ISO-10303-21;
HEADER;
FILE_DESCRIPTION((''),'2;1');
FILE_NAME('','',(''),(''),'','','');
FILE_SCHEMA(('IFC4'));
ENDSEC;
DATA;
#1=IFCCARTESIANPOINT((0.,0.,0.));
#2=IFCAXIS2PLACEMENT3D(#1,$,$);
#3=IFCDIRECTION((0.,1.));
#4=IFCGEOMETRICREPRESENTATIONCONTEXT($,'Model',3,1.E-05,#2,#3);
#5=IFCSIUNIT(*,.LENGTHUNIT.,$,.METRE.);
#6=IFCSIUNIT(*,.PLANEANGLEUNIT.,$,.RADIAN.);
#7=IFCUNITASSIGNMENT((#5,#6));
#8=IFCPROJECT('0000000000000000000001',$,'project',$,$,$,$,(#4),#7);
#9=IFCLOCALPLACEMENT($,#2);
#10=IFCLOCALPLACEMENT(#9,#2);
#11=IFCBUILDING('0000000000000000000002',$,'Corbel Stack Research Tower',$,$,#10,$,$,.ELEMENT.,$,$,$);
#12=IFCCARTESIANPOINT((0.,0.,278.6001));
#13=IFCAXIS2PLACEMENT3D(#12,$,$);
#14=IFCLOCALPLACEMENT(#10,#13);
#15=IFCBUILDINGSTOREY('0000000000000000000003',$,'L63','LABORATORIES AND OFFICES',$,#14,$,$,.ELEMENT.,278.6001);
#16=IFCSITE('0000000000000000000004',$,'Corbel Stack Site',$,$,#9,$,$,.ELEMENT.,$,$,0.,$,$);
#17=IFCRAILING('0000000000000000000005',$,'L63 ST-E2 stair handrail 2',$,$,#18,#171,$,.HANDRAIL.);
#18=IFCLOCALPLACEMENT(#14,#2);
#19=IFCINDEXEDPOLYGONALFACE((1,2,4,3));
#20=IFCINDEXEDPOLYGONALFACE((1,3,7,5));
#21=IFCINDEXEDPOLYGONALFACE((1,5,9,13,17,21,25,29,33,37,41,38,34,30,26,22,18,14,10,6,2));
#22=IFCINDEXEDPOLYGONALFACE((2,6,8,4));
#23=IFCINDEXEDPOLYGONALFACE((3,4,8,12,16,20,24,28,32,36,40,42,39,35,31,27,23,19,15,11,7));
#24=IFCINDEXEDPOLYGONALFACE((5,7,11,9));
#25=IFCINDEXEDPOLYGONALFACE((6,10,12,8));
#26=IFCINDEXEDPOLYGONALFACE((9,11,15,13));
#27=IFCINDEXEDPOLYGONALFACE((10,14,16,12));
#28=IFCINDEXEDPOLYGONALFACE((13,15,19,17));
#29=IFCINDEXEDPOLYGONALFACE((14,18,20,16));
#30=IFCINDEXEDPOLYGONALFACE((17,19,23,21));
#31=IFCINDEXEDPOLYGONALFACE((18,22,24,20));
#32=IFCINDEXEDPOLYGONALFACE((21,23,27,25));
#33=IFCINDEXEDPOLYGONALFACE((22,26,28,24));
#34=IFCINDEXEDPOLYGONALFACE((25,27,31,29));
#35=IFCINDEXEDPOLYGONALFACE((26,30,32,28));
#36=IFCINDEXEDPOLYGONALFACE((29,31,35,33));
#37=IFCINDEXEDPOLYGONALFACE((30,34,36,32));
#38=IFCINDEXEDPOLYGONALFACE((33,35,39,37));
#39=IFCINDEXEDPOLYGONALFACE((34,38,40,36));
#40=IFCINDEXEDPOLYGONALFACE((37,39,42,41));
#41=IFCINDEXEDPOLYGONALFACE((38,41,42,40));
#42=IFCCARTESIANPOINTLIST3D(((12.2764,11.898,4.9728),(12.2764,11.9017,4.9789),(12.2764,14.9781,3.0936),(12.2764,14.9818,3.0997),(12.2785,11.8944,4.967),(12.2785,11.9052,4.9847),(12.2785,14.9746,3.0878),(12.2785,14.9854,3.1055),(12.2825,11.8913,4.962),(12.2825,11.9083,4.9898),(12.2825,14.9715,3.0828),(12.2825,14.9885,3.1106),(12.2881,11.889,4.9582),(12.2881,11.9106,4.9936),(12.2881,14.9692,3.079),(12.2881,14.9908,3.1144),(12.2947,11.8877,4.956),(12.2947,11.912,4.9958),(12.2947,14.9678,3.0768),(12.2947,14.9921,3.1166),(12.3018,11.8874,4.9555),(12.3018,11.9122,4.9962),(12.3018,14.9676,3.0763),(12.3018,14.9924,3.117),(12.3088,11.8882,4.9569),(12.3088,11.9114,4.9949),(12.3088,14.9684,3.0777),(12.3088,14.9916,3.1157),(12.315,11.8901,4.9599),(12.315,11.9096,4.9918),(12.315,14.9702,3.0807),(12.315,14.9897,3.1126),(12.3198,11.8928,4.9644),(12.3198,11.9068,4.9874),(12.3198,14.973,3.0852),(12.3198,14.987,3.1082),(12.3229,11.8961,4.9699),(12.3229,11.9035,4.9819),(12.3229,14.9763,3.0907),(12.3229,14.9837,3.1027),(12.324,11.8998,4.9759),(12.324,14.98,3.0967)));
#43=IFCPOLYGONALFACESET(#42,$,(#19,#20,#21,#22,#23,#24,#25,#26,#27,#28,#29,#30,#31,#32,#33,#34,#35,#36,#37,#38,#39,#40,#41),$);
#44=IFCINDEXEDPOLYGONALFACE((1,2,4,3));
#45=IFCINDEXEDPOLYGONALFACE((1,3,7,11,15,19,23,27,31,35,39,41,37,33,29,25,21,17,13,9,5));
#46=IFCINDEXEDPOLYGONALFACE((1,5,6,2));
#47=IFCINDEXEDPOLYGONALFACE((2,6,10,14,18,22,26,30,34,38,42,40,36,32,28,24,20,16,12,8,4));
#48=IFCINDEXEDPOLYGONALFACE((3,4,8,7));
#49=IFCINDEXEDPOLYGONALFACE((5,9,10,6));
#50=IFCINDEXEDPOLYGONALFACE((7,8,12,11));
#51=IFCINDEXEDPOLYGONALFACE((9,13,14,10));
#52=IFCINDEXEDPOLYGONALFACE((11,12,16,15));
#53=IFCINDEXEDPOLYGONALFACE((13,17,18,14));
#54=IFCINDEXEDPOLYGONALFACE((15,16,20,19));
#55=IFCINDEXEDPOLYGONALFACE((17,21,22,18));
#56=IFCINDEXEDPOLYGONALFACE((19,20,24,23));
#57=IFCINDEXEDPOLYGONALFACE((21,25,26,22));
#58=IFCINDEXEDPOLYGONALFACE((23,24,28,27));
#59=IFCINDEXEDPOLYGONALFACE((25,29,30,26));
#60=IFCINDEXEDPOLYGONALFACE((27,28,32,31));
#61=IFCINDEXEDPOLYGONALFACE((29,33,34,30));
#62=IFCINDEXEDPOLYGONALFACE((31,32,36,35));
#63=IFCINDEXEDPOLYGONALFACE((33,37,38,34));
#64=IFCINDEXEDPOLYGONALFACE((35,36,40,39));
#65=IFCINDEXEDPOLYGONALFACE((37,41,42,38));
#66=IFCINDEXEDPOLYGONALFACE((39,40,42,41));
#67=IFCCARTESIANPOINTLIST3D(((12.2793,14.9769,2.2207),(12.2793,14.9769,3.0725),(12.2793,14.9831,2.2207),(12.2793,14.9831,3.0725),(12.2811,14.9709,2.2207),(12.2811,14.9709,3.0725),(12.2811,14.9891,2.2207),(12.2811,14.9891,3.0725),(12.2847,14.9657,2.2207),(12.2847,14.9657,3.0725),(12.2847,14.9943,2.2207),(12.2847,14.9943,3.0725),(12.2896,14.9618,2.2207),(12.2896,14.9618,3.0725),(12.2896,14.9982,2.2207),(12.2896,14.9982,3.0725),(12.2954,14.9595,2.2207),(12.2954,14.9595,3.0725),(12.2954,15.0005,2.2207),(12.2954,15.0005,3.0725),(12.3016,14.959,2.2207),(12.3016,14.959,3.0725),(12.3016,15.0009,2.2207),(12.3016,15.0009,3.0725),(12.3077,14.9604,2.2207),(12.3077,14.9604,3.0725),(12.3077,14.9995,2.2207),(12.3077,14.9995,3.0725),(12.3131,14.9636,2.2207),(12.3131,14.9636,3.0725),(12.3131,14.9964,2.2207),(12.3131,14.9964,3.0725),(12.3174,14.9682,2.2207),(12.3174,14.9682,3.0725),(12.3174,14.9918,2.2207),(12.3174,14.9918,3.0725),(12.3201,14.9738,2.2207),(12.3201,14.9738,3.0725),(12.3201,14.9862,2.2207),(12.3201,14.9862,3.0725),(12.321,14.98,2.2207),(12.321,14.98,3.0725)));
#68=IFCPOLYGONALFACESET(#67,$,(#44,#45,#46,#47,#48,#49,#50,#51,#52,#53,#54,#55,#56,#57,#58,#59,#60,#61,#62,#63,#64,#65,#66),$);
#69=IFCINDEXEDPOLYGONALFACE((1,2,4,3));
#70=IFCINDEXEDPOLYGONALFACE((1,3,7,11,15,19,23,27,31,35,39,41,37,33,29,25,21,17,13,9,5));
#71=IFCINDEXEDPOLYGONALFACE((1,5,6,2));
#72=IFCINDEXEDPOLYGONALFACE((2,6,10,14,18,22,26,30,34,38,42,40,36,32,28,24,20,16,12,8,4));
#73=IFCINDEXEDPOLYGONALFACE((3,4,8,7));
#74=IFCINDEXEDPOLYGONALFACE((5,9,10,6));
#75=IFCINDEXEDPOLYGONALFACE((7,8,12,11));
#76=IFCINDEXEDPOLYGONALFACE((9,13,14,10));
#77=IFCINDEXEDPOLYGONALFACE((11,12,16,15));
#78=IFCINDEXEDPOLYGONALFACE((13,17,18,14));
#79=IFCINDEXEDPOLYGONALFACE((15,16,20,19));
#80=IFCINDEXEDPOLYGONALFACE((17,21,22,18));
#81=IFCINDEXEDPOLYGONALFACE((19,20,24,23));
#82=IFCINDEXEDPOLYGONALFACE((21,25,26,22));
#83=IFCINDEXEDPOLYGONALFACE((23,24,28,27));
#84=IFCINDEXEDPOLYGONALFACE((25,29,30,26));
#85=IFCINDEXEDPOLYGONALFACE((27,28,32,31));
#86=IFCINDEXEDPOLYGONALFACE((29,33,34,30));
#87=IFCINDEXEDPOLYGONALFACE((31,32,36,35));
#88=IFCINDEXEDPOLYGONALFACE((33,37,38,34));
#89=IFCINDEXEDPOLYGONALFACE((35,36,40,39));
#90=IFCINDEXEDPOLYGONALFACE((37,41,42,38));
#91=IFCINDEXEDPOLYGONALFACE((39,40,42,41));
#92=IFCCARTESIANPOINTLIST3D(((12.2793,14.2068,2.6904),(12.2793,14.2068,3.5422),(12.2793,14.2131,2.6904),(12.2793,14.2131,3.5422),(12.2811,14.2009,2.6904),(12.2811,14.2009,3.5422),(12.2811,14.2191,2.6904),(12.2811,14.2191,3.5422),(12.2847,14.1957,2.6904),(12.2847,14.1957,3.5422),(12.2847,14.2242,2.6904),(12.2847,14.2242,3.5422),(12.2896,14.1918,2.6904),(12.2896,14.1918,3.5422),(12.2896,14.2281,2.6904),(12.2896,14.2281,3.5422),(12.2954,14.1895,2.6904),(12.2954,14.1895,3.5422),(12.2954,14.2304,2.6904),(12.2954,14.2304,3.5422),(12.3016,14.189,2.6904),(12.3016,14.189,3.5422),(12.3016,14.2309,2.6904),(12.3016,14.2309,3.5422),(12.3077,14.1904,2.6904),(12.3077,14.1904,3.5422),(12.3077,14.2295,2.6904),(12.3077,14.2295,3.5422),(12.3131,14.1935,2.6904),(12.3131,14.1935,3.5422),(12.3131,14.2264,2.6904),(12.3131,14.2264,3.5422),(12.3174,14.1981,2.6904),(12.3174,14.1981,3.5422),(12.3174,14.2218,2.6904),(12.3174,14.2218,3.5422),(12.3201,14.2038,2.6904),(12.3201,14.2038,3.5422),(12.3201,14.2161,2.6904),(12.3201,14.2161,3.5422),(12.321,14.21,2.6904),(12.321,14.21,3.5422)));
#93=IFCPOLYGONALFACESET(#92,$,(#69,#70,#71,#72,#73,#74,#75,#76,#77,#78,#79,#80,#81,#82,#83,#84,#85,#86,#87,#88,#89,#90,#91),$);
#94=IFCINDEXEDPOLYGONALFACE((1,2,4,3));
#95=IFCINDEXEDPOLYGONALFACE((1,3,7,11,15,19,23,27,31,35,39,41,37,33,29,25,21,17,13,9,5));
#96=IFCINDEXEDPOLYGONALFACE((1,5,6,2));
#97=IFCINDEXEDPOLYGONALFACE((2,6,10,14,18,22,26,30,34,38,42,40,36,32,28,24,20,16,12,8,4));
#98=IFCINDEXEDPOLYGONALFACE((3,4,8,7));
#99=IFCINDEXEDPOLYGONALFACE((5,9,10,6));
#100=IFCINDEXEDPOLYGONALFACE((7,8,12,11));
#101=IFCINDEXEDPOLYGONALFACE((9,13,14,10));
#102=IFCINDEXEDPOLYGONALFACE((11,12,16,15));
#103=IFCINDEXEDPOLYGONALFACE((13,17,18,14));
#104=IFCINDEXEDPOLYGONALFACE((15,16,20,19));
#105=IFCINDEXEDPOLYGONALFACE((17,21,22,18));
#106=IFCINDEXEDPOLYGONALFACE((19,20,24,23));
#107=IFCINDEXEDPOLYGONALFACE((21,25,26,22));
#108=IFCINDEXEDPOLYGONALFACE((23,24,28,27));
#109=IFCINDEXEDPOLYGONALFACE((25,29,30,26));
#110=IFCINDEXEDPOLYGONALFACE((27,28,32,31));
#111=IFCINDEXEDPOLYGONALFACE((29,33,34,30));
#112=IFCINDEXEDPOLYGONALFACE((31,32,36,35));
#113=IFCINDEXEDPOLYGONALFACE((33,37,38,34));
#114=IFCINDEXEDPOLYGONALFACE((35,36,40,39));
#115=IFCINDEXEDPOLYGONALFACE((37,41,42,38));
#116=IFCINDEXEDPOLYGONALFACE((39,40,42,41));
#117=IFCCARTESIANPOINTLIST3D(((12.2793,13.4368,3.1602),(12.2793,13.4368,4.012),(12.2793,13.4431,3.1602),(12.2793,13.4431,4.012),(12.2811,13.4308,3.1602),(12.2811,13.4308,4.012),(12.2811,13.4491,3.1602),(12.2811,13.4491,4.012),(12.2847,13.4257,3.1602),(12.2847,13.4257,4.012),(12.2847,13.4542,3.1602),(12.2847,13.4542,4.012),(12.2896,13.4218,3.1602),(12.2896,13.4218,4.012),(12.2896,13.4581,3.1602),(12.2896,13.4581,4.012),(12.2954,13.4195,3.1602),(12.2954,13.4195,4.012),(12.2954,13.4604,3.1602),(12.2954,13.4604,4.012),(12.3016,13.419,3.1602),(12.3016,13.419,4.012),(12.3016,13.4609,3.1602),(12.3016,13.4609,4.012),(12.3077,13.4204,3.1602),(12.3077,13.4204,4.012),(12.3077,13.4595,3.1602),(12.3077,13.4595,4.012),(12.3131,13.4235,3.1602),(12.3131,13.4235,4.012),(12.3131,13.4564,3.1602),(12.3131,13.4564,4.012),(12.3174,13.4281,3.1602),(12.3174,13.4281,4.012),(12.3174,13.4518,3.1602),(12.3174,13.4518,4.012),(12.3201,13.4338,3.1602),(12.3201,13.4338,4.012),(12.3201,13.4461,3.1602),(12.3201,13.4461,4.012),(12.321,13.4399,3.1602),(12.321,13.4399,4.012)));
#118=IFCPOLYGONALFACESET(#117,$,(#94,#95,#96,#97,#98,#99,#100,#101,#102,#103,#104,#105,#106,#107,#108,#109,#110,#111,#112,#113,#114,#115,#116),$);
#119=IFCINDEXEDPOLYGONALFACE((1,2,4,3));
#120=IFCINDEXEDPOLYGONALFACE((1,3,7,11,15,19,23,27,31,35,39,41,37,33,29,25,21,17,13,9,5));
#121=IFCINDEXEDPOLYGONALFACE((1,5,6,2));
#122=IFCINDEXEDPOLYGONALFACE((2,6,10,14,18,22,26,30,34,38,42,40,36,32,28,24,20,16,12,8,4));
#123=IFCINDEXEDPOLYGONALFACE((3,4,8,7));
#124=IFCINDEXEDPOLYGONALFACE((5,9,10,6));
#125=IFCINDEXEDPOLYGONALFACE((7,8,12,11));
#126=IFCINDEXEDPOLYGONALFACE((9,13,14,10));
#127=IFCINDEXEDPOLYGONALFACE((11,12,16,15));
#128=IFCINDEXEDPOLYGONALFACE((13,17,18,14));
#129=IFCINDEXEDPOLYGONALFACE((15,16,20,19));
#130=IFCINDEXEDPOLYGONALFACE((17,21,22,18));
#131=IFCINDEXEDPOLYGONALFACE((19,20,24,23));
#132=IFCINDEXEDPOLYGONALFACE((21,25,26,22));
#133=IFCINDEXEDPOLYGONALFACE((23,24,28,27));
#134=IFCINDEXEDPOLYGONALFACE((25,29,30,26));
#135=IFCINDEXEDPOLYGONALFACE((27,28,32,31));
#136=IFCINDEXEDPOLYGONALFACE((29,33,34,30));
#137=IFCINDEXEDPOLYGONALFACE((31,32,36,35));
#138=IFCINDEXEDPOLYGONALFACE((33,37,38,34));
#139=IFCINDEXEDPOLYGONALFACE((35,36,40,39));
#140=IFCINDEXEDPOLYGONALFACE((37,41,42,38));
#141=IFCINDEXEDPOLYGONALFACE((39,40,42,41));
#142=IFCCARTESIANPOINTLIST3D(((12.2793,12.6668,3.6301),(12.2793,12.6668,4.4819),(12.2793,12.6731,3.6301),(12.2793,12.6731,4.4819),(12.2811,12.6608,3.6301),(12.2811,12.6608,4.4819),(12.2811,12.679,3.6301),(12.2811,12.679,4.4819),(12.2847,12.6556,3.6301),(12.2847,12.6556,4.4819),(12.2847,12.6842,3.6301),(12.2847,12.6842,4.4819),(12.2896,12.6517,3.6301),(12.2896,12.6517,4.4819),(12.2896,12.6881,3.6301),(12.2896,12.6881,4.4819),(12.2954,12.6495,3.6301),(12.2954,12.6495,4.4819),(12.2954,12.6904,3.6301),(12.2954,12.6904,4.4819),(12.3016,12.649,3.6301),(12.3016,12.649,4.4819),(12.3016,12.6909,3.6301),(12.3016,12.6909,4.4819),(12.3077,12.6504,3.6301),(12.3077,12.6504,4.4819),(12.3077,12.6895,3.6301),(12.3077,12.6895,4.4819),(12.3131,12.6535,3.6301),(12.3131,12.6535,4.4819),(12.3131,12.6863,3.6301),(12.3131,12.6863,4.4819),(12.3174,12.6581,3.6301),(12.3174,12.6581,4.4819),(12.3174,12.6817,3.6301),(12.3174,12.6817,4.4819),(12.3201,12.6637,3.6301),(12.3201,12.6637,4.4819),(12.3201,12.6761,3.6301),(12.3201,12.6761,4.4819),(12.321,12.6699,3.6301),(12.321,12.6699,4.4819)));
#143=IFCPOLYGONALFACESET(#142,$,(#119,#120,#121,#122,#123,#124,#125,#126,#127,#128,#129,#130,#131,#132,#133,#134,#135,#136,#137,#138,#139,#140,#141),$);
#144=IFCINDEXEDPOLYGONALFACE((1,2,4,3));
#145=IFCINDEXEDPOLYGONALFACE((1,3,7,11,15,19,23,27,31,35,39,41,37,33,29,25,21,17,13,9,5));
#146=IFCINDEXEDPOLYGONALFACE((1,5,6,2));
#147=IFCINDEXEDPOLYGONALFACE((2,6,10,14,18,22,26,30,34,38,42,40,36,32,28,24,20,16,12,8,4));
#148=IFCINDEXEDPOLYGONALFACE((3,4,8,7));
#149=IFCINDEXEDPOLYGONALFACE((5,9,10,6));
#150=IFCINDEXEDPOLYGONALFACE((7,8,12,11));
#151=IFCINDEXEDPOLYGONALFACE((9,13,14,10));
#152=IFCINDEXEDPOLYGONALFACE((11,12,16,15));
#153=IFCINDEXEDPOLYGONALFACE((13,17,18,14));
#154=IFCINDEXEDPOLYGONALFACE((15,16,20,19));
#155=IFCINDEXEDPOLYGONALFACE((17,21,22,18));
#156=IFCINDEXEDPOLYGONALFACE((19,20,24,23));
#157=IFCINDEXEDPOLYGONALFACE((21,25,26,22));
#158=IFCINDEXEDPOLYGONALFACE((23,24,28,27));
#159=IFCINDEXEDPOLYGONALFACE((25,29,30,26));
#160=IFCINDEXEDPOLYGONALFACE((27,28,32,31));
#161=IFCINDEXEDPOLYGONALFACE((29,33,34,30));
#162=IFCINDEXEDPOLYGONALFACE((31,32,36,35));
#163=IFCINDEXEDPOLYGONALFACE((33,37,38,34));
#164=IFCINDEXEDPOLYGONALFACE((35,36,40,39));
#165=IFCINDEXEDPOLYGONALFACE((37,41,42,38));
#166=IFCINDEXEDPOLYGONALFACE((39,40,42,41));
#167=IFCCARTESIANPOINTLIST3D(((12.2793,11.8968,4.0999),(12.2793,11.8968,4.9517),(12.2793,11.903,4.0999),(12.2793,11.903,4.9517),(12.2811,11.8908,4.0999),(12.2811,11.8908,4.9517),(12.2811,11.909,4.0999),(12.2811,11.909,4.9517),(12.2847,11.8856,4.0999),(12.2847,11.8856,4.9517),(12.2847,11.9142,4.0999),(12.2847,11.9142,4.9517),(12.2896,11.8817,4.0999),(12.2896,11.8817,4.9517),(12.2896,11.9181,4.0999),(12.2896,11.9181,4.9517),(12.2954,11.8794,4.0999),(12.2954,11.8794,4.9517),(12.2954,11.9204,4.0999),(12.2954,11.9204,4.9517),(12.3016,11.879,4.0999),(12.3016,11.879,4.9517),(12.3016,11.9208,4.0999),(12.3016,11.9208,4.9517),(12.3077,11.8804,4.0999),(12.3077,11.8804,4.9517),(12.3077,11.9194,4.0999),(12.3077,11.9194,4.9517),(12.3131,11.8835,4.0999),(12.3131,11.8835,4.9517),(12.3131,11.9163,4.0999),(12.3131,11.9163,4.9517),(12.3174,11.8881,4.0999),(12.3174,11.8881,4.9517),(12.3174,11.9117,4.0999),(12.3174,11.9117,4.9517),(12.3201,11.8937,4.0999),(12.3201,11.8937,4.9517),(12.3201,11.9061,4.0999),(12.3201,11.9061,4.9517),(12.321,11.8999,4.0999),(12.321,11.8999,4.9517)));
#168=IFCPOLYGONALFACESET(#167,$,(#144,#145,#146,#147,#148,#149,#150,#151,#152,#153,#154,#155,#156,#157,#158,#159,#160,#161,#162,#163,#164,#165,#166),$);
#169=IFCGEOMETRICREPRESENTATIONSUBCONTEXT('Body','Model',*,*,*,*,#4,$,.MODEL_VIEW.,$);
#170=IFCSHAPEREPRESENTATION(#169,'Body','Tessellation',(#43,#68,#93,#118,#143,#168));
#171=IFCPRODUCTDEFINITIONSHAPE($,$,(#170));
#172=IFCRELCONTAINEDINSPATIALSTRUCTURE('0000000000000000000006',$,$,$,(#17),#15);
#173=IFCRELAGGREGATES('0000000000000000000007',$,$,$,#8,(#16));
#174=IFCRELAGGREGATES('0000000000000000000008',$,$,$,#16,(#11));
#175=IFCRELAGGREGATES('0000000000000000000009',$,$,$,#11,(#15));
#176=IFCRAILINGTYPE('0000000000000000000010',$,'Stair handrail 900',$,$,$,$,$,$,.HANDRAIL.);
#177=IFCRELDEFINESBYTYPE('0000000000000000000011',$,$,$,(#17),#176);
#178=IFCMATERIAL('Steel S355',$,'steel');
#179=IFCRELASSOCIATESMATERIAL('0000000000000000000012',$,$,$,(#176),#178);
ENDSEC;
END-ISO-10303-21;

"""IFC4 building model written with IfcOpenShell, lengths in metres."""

from ifc_helpers import new_model, si_unit, direction, frame, origin, origin_2d, place, context, subcontext, project, spatial, circle, extrude, material, type_object, element, save


model = new_model("IFC4")

# Units and contexts
model_context = context("Model", 3, precision=1e-05, world=origin(), true_north=direction((0.0, 1.0)))
body_context = subcontext(model_context, "Body", "Model", "MODEL_VIEW")
ifc_project = project(units=[si_unit("LENGTHUNIT", "METRE"), si_unit("PLANEANGLEUNIT", "RADIAN")], contexts=[model_context])

# Site, building, storey
site_placement = place(None, origin())
site = spatial("IfcSite", under=ifc_project, at=site_placement, Name="Corbel Stack Site", CompositionType="ELEMENT", RefElevation=0.0)
building_placement = place(site_placement, origin())
building = spatial("IfcBuilding", under=site, at=building_placement, Name="Corbel Stack Research Tower", CompositionType="ELEMENT")
storey_placement = place(building_placement, frame((0.0, 0.0, 278.6001)))
storey = spatial("IfcBuildingStorey", under=building, at=storey_placement, Name="L63", Description="LABORATORIES AND OFFICES", CompositionType="ELEMENT", Elevation=278.6001)

# Railing
ifc_material_1 = material(Name="Steel S355", Category="steel")
railing_type = type_object("IfcRailingType", Name="Stair handrail 900", PredefinedType="HANDRAIL", material=ifc_material_1)
railing_placement = place(storey_placement, frame((12.3, 14.98, 2.2207)))
element("IfcRailing", 1, at=railing_placement, inside=storey, type_object=railing_type, Name="L63 ST-E2 stair handrail 2", PredefinedType="HANDRAIL", context=body_context, shape_type="SweptSolid", body=[
    extrude(circle(Radius=0.0239, at=origin_2d()), frame((0.0, 0.0, 0.876), z_axis=(0.0, -0.853666, 0.52082), x_axis=(1.0, 0.0, 0.0)), (0.0, 0.0, 1.0), 3.6082),
    extrude(circle(Radius=0.021, at=origin_2d()), origin(), (0.0, 0.0, 1.0), 0.8518),
    extrude(circle(Radius=0.021, at=origin_2d()), frame((0.0, -0.77, 0.4697)), (0.0, 0.0, 1.0), 0.8518),
    extrude(circle(Radius=0.021, at=origin_2d()), frame((0.0, -1.54, 0.9395)), (0.0, 0.0, 1.0), 0.8518),
    extrude(circle(Radius=0.021, at=origin_2d()), frame((0.0, -2.3101, 1.4094)), (0.0, 0.0, 1.0), 0.8518),
    extrude(circle(Radius=0.021, at=origin_2d()), frame((0.0, -3.0801, 1.8792)), (0.0, 0.0, 1.0), 0.8518),
])

save(model, "model.ifc")
